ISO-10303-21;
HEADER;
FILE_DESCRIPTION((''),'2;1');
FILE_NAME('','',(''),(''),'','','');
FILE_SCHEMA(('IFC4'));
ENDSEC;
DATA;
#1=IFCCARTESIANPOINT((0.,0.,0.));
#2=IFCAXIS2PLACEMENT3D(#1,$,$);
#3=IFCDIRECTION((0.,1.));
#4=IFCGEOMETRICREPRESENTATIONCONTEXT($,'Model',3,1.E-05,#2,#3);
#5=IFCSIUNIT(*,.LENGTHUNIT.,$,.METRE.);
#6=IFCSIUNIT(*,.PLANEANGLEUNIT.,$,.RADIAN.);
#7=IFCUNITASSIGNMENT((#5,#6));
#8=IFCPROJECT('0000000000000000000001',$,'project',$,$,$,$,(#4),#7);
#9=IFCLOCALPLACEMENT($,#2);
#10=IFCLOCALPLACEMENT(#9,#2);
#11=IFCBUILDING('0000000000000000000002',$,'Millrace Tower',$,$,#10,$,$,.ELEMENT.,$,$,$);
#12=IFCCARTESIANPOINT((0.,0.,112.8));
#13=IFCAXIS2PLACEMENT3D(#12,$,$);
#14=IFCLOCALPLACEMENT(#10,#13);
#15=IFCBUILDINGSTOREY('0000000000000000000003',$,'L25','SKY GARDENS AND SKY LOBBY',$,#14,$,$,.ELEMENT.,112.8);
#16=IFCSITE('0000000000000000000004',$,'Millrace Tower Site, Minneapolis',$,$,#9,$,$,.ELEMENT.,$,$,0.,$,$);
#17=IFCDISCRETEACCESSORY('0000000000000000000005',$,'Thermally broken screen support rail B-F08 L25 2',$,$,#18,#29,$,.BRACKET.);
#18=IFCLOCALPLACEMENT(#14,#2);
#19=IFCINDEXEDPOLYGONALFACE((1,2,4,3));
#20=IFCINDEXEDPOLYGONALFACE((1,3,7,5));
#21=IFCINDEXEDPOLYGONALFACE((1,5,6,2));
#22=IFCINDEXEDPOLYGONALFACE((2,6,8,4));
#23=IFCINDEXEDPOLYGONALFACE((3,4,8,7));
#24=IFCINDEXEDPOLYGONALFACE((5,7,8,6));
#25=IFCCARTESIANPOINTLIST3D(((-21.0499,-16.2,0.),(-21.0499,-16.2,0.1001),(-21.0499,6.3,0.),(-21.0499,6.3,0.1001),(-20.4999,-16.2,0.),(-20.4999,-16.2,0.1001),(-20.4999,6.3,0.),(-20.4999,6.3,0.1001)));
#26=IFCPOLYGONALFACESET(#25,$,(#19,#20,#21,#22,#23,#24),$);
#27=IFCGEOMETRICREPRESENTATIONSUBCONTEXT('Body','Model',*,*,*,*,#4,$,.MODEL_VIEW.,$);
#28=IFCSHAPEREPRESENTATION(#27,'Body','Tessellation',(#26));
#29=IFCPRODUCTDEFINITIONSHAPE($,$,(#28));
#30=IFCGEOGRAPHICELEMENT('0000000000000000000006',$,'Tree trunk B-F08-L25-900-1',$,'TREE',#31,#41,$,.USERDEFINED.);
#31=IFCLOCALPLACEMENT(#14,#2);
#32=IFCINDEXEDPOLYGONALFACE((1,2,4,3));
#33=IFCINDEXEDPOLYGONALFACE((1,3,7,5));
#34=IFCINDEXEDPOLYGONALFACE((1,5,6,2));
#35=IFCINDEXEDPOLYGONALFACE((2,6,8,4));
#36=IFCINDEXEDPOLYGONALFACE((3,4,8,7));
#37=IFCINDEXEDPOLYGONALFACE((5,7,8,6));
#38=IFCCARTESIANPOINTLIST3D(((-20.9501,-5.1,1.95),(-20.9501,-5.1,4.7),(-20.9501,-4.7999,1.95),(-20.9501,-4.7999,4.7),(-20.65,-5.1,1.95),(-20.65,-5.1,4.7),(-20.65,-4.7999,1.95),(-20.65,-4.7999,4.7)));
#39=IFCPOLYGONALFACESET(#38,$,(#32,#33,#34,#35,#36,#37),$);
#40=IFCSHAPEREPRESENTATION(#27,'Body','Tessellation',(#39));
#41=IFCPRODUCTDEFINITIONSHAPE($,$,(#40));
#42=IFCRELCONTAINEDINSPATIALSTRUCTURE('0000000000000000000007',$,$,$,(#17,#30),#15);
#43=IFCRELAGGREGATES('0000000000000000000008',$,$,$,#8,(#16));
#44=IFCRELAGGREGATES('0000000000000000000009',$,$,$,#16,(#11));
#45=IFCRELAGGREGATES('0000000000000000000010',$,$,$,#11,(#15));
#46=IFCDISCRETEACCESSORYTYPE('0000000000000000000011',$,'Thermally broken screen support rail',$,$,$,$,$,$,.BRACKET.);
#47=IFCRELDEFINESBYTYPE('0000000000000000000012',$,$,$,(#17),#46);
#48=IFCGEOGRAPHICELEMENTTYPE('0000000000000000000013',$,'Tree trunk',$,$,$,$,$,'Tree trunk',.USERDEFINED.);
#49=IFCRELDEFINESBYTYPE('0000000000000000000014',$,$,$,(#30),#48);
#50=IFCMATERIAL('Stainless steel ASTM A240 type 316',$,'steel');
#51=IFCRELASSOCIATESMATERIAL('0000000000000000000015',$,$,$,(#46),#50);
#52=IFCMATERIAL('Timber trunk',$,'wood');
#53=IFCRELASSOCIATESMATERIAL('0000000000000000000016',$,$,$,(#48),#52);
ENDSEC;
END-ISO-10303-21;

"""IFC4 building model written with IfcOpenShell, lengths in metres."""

from ifc_helpers import new_model, si_unit, direction, frame, origin, origin_2d, place, context, subcontext, project, spatial, rectangle, extrude, material, type_object, element, save


model = new_model("IFC4")

# Units and contexts
model_context = context("Model", 3, precision=1e-05, world=origin(), true_north=direction((0.0, 1.0)))
body_context = subcontext(model_context, "Body", "Model", "MODEL_VIEW")
ifc_project = project(units=[si_unit("LENGTHUNIT", "METRE"), si_unit("PLANEANGLEUNIT", "RADIAN")], contexts=[model_context])

# Site, building, storey
site_placement = place(None, origin())
site = spatial("IfcSite", under=ifc_project, at=site_placement, Name="Millrace Tower Site, Minneapolis", CompositionType="ELEMENT", RefElevation=0.0)
building_placement = place(site_placement, origin())
building = spatial("IfcBuilding", under=site, at=building_placement, Name="Millrace Tower", CompositionType="ELEMENT")
storey_placement = place(building_placement, frame((0.0, 0.0, 112.8)))
storey = spatial("IfcBuildingStorey", under=building, at=storey_placement, Name="L25", Description="SKY GARDENS AND SKY LOBBY", CompositionType="ELEMENT", Elevation=112.8)

# Discrete accessory
ifc_material_1 = material(Name="Stainless steel ASTM A240 type 316", Category="steel")
discrete_accessory_type = type_object("IfcDiscreteAccessoryType", Name="Thermally broken screen support rail", PredefinedType="BRACKET", material=ifc_material_1)
discrete_accessory_placement = place(storey_placement, frame((-20.7749, -4.95, 0.0), z_axis=(0.0, 0.0, 1.0), x_axis=(0.0, -1.0, 0.0)))
element("IfcDiscreteAccessory", 1, at=discrete_accessory_placement, inside=storey, type_object=discrete_accessory_type, Name="Thermally broken screen support rail B-F08 L25 2", PredefinedType="BRACKET", context=body_context, shape_type="SweptSolid", body=[
    extrude(rectangle(XDim=22.5, YDim=0.55, at=origin_2d()), origin(), (0.0, 0.0, 1.0), 0.1001),
])

# Geographic element
ifc_material_2 = material(Name="Timber trunk", Category="wood")
geographic_element_type_1 = type_object("IfcGeographicElementType", Name="Tree trunk", ElementType="Tree trunk", PredefinedType="USERDEFINED", material=ifc_material_2)
geographic_element_1_placement = place(storey_placement, frame((-20.8, -4.95, 1.95), z_axis=(0.0, 0.0, 1.0), x_axis=(1.0, 0.0, 0.0)))
element("IfcGeographicElement", 2, at=geographic_element_1_placement, inside=storey, type_object=geographic_element_type_1, Name="Tree trunk B-F08-L25-900-1", ObjectType="TREE", PredefinedType="USERDEFINED", context=body_context, shape_type="SweptSolid", body=[
    extrude(rectangle(XDim=0.3, YDim=0.3, at=origin_2d()), origin(), (0.0, 0.0, 1.0), 2.75),
])

save(model, "model.ifc")
